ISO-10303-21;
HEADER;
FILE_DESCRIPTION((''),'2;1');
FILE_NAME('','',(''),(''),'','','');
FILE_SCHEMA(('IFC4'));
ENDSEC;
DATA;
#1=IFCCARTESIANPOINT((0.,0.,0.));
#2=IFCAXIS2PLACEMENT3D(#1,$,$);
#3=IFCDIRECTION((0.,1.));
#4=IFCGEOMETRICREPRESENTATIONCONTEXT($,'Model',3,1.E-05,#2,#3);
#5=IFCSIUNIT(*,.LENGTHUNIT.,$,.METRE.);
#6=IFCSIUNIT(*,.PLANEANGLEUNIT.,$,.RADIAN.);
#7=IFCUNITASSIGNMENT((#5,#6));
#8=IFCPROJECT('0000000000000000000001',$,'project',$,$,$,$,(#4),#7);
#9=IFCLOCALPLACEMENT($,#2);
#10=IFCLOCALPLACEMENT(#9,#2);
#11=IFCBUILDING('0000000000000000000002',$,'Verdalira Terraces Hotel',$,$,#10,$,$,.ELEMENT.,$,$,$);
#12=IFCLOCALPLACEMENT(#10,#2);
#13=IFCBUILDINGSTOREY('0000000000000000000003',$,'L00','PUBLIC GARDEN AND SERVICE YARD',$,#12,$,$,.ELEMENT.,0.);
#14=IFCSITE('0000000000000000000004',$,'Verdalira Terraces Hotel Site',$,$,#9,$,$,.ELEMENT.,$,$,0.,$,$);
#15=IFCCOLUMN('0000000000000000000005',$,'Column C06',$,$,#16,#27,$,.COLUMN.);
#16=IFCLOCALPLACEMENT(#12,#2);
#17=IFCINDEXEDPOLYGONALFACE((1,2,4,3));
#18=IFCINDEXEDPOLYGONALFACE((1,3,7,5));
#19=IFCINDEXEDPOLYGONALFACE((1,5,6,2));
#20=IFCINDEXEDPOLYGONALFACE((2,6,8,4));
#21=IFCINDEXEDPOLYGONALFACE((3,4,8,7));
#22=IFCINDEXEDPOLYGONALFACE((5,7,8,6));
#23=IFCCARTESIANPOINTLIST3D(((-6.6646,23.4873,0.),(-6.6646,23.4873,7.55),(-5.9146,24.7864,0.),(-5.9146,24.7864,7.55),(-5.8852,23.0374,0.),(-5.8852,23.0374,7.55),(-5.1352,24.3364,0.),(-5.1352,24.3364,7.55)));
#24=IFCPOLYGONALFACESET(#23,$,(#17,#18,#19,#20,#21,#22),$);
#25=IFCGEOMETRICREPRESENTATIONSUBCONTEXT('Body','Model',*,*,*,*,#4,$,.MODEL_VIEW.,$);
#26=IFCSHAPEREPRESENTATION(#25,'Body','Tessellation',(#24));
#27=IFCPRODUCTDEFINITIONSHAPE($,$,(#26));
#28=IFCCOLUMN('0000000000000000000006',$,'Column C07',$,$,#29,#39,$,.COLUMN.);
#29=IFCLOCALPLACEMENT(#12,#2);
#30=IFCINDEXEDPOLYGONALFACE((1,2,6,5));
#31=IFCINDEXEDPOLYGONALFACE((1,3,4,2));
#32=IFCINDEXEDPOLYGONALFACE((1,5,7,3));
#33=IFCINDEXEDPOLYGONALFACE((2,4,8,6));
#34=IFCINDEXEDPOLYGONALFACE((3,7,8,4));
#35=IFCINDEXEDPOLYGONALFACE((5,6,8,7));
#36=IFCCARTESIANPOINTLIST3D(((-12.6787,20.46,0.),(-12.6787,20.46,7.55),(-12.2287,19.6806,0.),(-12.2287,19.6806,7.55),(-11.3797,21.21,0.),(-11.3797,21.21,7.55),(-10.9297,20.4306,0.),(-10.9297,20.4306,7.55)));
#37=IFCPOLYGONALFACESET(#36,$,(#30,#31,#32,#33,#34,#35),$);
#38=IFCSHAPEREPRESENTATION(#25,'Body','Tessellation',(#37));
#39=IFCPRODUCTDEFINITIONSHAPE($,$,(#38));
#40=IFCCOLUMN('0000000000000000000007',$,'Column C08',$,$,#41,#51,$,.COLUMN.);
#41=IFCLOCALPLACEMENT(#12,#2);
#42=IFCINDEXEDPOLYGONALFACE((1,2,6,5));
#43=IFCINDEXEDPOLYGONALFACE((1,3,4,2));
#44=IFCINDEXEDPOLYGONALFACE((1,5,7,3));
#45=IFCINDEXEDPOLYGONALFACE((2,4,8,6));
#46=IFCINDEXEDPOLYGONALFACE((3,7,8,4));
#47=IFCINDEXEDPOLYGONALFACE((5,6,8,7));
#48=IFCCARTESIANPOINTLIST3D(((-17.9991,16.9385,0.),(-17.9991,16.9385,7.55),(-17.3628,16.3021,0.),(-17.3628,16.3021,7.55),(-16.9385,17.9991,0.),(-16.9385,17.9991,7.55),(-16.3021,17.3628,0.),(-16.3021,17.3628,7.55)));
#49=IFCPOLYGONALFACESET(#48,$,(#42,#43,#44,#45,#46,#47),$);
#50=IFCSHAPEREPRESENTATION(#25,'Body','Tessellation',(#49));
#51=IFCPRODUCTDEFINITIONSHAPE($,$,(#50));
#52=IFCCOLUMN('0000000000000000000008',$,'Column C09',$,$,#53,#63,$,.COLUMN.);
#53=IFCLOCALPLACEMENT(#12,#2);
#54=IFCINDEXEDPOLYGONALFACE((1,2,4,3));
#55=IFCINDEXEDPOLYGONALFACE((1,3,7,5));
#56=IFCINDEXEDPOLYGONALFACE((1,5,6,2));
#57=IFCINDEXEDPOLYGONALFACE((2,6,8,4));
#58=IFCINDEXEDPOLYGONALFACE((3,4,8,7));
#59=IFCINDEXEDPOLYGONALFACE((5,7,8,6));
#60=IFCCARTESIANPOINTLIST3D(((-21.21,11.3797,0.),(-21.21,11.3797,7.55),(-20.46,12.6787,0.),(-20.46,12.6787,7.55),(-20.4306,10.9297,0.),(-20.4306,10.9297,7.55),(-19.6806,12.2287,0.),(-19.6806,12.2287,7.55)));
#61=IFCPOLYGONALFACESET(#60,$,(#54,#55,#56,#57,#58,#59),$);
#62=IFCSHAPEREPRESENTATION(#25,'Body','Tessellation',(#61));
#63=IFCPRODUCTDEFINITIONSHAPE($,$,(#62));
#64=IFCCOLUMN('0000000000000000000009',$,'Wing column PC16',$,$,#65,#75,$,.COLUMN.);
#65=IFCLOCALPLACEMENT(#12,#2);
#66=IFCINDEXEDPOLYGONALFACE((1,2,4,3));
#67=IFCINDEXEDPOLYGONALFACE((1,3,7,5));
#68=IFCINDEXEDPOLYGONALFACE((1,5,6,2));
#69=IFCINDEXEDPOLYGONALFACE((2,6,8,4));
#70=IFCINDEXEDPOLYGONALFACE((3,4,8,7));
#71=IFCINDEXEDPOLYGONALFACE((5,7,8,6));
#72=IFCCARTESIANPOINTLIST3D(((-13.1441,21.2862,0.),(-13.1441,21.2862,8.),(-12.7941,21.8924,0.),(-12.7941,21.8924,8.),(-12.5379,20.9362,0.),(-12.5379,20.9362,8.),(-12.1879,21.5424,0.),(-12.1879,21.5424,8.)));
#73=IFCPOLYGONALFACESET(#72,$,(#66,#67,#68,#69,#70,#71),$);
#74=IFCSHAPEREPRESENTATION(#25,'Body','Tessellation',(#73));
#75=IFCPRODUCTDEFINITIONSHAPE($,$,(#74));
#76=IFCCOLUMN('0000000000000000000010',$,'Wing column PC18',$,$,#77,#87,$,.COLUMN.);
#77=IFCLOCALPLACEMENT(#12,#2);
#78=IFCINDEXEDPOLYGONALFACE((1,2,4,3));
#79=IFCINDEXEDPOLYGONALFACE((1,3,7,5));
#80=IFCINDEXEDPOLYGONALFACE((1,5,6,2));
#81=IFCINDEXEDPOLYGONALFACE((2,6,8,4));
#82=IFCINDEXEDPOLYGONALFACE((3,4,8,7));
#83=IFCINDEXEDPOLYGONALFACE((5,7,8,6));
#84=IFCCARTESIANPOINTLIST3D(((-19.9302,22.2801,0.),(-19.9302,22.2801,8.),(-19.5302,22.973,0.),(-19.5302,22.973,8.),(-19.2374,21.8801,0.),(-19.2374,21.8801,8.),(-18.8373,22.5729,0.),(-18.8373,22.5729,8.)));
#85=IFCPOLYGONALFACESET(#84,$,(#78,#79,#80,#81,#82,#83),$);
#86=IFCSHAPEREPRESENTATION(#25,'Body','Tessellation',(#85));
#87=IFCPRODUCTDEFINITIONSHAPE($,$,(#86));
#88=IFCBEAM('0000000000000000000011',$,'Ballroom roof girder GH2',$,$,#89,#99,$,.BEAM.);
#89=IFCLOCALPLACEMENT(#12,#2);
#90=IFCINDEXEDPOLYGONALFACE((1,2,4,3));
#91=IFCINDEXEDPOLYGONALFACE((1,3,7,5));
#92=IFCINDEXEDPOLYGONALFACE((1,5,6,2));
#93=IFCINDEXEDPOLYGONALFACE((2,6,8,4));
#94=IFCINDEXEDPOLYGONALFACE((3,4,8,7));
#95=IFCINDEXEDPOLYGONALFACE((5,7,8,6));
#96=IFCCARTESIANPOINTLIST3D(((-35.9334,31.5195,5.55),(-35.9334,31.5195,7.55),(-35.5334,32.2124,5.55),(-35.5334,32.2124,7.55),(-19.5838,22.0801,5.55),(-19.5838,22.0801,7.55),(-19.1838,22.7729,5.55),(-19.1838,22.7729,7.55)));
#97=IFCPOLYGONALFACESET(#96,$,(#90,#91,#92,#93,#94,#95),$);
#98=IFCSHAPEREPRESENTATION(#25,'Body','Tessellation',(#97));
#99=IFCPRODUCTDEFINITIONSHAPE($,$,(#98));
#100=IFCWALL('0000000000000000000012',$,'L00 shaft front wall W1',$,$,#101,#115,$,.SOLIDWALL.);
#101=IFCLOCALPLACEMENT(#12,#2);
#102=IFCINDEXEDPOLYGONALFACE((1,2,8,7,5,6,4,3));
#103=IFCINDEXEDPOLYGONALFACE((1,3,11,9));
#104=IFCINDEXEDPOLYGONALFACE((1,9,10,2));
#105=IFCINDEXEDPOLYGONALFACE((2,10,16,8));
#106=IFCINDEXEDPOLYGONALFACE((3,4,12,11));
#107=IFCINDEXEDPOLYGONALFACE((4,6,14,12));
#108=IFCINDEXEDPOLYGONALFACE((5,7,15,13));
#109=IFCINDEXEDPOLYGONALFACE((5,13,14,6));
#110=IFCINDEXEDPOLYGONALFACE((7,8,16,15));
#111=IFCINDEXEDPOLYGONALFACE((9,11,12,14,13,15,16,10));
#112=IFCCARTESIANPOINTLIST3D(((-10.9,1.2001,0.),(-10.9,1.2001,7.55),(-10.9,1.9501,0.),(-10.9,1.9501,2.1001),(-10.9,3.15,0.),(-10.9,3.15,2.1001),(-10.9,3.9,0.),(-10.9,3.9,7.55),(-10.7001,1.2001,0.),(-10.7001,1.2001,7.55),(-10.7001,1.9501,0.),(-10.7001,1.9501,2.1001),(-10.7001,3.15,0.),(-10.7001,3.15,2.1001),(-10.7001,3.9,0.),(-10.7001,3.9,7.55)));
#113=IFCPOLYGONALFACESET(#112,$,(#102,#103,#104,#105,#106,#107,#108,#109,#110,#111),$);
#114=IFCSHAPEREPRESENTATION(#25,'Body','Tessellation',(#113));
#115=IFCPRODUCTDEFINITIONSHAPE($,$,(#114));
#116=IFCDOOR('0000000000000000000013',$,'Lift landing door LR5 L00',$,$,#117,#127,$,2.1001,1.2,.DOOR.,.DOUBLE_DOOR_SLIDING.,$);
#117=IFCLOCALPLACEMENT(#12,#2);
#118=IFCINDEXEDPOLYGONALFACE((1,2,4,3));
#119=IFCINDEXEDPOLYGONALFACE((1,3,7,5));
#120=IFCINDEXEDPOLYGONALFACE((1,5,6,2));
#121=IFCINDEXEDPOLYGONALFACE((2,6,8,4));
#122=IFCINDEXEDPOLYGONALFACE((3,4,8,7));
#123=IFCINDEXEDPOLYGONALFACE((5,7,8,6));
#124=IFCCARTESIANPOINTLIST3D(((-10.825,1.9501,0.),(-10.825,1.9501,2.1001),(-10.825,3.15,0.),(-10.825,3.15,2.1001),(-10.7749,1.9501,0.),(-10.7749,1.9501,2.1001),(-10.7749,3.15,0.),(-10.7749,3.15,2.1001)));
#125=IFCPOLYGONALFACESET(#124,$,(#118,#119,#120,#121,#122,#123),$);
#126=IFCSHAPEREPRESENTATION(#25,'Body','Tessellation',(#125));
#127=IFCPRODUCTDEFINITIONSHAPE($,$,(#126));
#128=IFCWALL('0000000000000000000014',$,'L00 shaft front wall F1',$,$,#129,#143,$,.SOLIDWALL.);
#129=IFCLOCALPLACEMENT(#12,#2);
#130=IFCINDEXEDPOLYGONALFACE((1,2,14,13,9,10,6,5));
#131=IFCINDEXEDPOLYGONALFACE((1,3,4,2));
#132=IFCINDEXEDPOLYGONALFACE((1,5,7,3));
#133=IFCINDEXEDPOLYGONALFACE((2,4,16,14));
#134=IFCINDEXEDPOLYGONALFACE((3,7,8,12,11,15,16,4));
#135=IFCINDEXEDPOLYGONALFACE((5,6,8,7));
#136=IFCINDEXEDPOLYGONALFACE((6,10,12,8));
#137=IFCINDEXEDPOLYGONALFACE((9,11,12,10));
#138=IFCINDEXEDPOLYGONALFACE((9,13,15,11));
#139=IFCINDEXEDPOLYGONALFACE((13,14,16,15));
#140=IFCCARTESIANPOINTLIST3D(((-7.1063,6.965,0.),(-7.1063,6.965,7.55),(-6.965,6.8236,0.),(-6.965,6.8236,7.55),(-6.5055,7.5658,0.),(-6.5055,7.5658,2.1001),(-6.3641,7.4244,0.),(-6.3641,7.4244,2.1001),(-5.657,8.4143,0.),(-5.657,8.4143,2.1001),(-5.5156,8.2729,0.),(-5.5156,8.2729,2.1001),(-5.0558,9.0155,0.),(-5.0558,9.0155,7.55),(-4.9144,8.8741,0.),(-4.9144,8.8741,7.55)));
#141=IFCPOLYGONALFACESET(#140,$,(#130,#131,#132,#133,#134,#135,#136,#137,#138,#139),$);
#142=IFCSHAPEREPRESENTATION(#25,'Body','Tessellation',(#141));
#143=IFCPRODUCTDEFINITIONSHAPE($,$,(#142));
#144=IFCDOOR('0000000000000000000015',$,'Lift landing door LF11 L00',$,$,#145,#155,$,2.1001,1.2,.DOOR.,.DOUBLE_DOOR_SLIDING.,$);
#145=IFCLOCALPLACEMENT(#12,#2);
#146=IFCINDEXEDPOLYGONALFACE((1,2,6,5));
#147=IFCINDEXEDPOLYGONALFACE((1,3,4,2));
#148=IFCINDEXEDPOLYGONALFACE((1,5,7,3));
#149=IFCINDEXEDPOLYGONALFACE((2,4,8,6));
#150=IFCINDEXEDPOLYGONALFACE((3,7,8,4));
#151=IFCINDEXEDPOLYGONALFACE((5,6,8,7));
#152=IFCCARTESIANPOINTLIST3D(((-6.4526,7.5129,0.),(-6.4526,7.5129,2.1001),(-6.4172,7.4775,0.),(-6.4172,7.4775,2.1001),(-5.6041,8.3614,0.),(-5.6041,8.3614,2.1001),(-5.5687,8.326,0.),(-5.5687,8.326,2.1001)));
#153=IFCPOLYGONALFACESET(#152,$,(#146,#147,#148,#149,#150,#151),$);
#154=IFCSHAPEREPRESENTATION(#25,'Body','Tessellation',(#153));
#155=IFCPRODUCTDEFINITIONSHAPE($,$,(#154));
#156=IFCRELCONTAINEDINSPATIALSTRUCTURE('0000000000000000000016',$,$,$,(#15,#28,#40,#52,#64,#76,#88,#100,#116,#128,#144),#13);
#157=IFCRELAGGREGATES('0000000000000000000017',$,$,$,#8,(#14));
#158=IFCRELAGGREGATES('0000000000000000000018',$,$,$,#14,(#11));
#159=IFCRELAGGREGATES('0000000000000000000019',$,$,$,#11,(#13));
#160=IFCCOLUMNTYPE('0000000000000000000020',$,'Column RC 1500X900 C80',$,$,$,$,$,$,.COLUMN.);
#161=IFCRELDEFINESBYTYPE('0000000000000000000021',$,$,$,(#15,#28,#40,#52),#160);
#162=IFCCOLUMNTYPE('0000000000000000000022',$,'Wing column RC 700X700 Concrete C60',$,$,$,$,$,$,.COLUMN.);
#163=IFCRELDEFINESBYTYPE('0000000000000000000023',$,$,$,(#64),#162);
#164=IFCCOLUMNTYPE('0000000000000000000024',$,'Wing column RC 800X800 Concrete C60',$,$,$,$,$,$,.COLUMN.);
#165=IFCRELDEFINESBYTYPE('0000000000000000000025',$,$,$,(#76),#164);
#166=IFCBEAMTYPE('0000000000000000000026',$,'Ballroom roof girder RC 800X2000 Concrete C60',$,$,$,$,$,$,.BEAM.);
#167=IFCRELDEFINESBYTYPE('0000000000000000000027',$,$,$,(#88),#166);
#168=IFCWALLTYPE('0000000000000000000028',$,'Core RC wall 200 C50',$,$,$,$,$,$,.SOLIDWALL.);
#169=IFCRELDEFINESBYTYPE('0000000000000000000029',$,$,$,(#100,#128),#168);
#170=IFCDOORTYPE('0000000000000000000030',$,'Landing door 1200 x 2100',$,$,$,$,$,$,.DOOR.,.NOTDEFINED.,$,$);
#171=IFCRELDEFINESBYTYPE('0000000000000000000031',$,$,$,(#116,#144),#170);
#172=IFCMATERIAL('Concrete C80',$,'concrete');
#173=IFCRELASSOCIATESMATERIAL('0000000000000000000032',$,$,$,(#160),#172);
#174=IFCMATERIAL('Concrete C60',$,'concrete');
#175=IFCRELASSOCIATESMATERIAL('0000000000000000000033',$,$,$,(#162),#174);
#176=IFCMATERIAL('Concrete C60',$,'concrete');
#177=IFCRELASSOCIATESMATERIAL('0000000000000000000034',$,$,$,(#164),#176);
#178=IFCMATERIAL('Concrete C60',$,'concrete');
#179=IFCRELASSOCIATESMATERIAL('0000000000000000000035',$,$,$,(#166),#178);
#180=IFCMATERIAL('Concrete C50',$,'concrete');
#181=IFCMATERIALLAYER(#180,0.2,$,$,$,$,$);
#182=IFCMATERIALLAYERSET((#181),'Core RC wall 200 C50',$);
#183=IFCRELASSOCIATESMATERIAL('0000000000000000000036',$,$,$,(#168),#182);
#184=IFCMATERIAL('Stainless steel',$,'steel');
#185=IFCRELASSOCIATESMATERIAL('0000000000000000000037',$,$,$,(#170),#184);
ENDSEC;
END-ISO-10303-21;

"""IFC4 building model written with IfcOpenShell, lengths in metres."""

from ifc_helpers import new_model, si_unit, direction, frame, frame_2d, origin, origin_2d, place, context, subcontext, project, spatial, rectangle, extrude, material, layer, layer_set, material_profile, profile_set, type_object, element, fill, save


model = new_model("IFC4")

# Units and contexts
model_context = context("Model", 3, precision=1e-05, world=origin(), true_north=direction((0.0, 1.0)))
body_context = subcontext(model_context, "Body", "Model", "MODEL_VIEW")
ifc_project = project(units=[si_unit("LENGTHUNIT", "METRE"), si_unit("PLANEANGLEUNIT", "RADIAN")], contexts=[model_context])

# Site, building, storey
site_placement = place(None, origin())
site = spatial("IfcSite", under=ifc_project, at=site_placement, Name="Verdalira Terraces Hotel Site", CompositionType="ELEMENT", RefElevation=0.0)
building_placement = place(site_placement, origin())
building = spatial("IfcBuilding", under=site, at=building_placement, Name="Verdalira Terraces Hotel", CompositionType="ELEMENT")
storey_placement = place(building_placement, origin())
storey = spatial("IfcBuildingStorey", under=building, at=storey_placement, Name="L00", Description="PUBLIC GARDEN AND SERVICE YARD", CompositionType="ELEMENT", Elevation=0.0)

# Columns
ifc_material_1 = material(Name="Concrete C80", Category="concrete")
ifc_material_profile_1 = material_profile(ifc_material_1, rectangle(XDim=1.5, YDim=0.8999, at=origin_2d()), Name="RC 1500X900")
ifc_profile_set_1 = profile_set([ifc_material_profile_1], Name="Concrete C80")
column_type_1 = type_object("IfcColumnType", Name="Column RC 1500X900 C80", PredefinedType="COLUMN", material=ifc_profile_set_1)
for number, where, z_axis, x_axis, name in (
    (1, (-5.8999, 23.9119, 0.0), (0.0, 0.0, 1.0), (0.5, 0.866025, 0.0), "Column C06"),
    (2, (-11.8042, 20.4453, 0.0), (0.0, 0.0, 1.0), (-0.866025, -0.5, 0.0), "Column C07"),
    (3, (-17.1506, 17.1506, 0.0), (0.0, 0.0, 1.0), (0.707107, 0.707107, 0.0), "Column C08"),
    (4, (-20.4453, 11.8042, 0.0), (0.0, 0.0, 1.0), (-0.5, -0.866025, 0.0), "Column C09"),
):
    element("IfcColumn", number, at=place(storey_placement, frame(where, z_axis=z_axis, x_axis=x_axis)), inside=storey, type_object=column_type_1, Name=name, PredefinedType="COLUMN", context=body_context, shape_type="SweptSolid", body=[
        extrude(rectangle(XDim=1.5, YDim=0.8999, at=origin_2d()), origin(), (0.0, 0.0, 1.0), 7.55),
    ])
ifc_material_2 = material(Name="Concrete C60", Category="concrete")
ifc_material_profile_2 = material_profile(ifc_material_2, rectangle(XDim=0.7, YDim=0.7, at=origin_2d()), Name="RC 700X700")
ifc_profile_set_2 = profile_set([ifc_material_profile_2], Name="Concrete C60")
column_type_2 = type_object("IfcColumnType", Name="Wing column RC 700X700 Concrete C60", PredefinedType="COLUMN", material=ifc_profile_set_2)
column_1_placement = place(storey_placement, frame((-12.666, 21.4143, 0.0), z_axis=(0.0, 0.0, 1.0), x_axis=(-0.866025, 0.5, 0.0)))
element("IfcColumn", 5, at=column_1_placement, inside=storey, type_object=column_type_2, Name="Wing column PC16", PredefinedType="COLUMN", context=body_context, shape_type="SweptSolid", body=[
    extrude(rectangle(XDim=0.7, YDim=0.7, at=origin_2d()), origin(), (0.0, 0.0, 1.0), 8.0),
])
ifc_material_3 = material(Name="Concrete C60", Category="concrete")
ifc_material_profile_3 = material_profile(ifc_material_3, rectangle(XDim=0.8, YDim=0.8, at=origin_2d()), Name="RC 800X800")
ifc_profile_set_3 = profile_set([ifc_material_profile_3], Name="Concrete C60")
column_type_3 = type_object("IfcColumnType", Name="Wing column RC 800X800 Concrete C60", PredefinedType="COLUMN", material=ifc_profile_set_3)
column_2_placement = place(storey_placement, frame((-19.3838, 22.4265, 0.0), z_axis=(0.0, 0.0, 1.0), x_axis=(-0.866025, 0.5, 0.0)))
element("IfcColumn", 6, at=column_2_placement, inside=storey, type_object=column_type_3, Name="Wing column PC18", PredefinedType="COLUMN", context=body_context, shape_type="SweptSolid", body=[
    extrude(rectangle(XDim=0.8, YDim=0.8, at=origin_2d()), origin(), (0.0, 0.0, 1.0), 8.0),
])

# Beam
ifc_material_4 = material(Name="Concrete C60", Category="concrete")
ifc_material_profile_4 = material_profile(ifc_material_4, rectangle(XDim=0.8, YDim=2.0, at=origin_2d()), Name="RC 800X2000")
ifc_profile_set_4 = profile_set([ifc_material_profile_4], Name="Concrete C60")
beam_type = type_object("IfcBeamType", Name="Ballroom roof girder RC 800X2000 Concrete C60", PredefinedType="BEAM", material=ifc_profile_set_4)
beam_placement = place(storey_placement, frame((-19.3838, 22.4265, 6.55), z_axis=(-0.866025, 0.5, 0.0), x_axis=(-0.5, -0.866025, 0.0)))
element("IfcBeam", 7, at=beam_placement, inside=storey, type_object=beam_type, Name="Ballroom roof girder GH2", PredefinedType="BEAM", context=body_context, shape_type="SweptSolid", body=[
    extrude(rectangle(XDim=0.8, YDim=2.0, at=origin_2d()), origin(), (0.0, 0.0, 1.0), 18.8789),
])

# Walls, openings, doors
ifc_material_5 = material(Name="Concrete C50", Category="concrete")
ifc_layer_1 = layer(ifc_material_5, 0.2)
ifc_layer_set_1 = layer_set([ifc_layer_1], Name="Core RC wall 200 C50")
wall_type_1 = type_object("IfcWallType", Name="Core RC wall 200 C50", PredefinedType="SOLIDWALL", material=ifc_layer_set_1)
wall_1_placement = place(storey_placement, frame((-10.8, 1.2, 0.0), z_axis=(0.0, 0.0, 1.0), x_axis=(0.0, 1.0, 0.0)))
wall_1 = element("IfcWall", 8, at=wall_1_placement, inside=storey, type_object=wall_type_1, Name="L00 shaft front wall W1", PredefinedType="SOLIDWALL", context=body_context, shape_type="SweptSolid", body=[
    extrude(rectangle(XDim=2.7, YDim=0.2, at=frame_2d((1.3501, 0.0))), origin(), (0.0, 0.0, 1.0), 7.55),
])
opening_1_placement = place(wall_1_placement, frame((0.75, 0.0, 0.0)))
opening_1 = element("IfcOpeningElement", 9, at=opening_1_placement, cuts=wall_1, PredefinedType="OPENING", context=body_context, shape_type="SweptSolid", body=[
    extrude(rectangle(XDim=1.2, YDim=2.1001, at=frame_2d((0.6001, 1.05))), frame((0.0, 0.1099, 0.0), z_axis=(0.0, -1.0, 0.0), x_axis=(1.0, 0.0, 0.0)), (0.0, 0.0, 1.0), 0.22),
])
ifc_material_6 = material(Name="Stainless steel", Category="steel")
door_type_1 = type_object("IfcDoorType", Name="Landing door 1200 x 2100", OperationType="NOTDEFINED", PredefinedType="DOOR", material=ifc_material_6)
door_1_placement = place(opening_1_placement, origin())
door_1 = element("IfcDoor", 10, at=door_1_placement, inside=storey, type_object=door_type_1, Name="Lift landing door LR5 L00", OperationType="DOUBLE_DOOR_SLIDING", OverallHeight=2.1001, OverallWidth=1.2, PredefinedType="DOOR", context=body_context, shape_type="SweptSolid", body=[
    extrude(rectangle(XDim=1.2, YDim=2.1001, at=frame_2d((0.6001, 1.05))), frame((0.0, 0.0249, 0.0), z_axis=(0.0, -1.0, 0.0), x_axis=(1.0, 0.0, 0.0)), (0.0, 0.0, 1.0), 0.05),
])
fill(opening_1, door_1)
wall_2_placement = place(storey_placement, frame((-4.9851, 8.9448, 0.0), z_axis=(0.0, 0.0, 1.0), x_axis=(-0.707107, -0.707107, 0.0)))
wall_2 = element("IfcWall", 11, at=wall_2_placement, inside=storey, type_object=wall_type_1, Name="L00 shaft front wall F1", PredefinedType="SOLIDWALL", context=body_context, shape_type="SweptSolid", body=[
    extrude(rectangle(XDim=2.8999, YDim=0.2, at=frame_2d((1.45, 0.0))), origin(), (0.0, 0.0, 1.0), 7.55),
])
opening_2_placement = place(wall_2_placement, frame((0.8501, 0.0, 0.0)))
opening_2 = element("IfcOpeningElement", 12, at=opening_2_placement, cuts=wall_2, PredefinedType="OPENING", context=body_context, shape_type="SweptSolid", body=[
    extrude(rectangle(XDim=1.2, YDim=2.1001, at=frame_2d((0.6001, 1.05))), frame((0.0, 0.1099, 0.0), z_axis=(0.0, -1.0, 0.0), x_axis=(1.0, 0.0, 0.0)), (0.0, 0.0, 1.0), 0.22),
])
door_2_placement = place(opening_2_placement, origin())
door_2 = element("IfcDoor", 13, at=door_2_placement, inside=storey, type_object=door_type_1, Name="Lift landing door LF11 L00", OperationType="DOUBLE_DOOR_SLIDING", OverallHeight=2.1001, OverallWidth=1.2, PredefinedType="DOOR", context=body_context, shape_type="SweptSolid", body=[
    extrude(rectangle(XDim=1.2, YDim=2.1001, at=frame_2d((0.6001, 1.05))), frame((0.0, 0.0249, 0.0), z_axis=(0.0, -1.0, 0.0), x_axis=(1.0, 0.0, 0.0)), (0.0, 0.0, 1.0), 0.05),
])
fill(opening_2, door_2)

save(model, "model.ifc")
